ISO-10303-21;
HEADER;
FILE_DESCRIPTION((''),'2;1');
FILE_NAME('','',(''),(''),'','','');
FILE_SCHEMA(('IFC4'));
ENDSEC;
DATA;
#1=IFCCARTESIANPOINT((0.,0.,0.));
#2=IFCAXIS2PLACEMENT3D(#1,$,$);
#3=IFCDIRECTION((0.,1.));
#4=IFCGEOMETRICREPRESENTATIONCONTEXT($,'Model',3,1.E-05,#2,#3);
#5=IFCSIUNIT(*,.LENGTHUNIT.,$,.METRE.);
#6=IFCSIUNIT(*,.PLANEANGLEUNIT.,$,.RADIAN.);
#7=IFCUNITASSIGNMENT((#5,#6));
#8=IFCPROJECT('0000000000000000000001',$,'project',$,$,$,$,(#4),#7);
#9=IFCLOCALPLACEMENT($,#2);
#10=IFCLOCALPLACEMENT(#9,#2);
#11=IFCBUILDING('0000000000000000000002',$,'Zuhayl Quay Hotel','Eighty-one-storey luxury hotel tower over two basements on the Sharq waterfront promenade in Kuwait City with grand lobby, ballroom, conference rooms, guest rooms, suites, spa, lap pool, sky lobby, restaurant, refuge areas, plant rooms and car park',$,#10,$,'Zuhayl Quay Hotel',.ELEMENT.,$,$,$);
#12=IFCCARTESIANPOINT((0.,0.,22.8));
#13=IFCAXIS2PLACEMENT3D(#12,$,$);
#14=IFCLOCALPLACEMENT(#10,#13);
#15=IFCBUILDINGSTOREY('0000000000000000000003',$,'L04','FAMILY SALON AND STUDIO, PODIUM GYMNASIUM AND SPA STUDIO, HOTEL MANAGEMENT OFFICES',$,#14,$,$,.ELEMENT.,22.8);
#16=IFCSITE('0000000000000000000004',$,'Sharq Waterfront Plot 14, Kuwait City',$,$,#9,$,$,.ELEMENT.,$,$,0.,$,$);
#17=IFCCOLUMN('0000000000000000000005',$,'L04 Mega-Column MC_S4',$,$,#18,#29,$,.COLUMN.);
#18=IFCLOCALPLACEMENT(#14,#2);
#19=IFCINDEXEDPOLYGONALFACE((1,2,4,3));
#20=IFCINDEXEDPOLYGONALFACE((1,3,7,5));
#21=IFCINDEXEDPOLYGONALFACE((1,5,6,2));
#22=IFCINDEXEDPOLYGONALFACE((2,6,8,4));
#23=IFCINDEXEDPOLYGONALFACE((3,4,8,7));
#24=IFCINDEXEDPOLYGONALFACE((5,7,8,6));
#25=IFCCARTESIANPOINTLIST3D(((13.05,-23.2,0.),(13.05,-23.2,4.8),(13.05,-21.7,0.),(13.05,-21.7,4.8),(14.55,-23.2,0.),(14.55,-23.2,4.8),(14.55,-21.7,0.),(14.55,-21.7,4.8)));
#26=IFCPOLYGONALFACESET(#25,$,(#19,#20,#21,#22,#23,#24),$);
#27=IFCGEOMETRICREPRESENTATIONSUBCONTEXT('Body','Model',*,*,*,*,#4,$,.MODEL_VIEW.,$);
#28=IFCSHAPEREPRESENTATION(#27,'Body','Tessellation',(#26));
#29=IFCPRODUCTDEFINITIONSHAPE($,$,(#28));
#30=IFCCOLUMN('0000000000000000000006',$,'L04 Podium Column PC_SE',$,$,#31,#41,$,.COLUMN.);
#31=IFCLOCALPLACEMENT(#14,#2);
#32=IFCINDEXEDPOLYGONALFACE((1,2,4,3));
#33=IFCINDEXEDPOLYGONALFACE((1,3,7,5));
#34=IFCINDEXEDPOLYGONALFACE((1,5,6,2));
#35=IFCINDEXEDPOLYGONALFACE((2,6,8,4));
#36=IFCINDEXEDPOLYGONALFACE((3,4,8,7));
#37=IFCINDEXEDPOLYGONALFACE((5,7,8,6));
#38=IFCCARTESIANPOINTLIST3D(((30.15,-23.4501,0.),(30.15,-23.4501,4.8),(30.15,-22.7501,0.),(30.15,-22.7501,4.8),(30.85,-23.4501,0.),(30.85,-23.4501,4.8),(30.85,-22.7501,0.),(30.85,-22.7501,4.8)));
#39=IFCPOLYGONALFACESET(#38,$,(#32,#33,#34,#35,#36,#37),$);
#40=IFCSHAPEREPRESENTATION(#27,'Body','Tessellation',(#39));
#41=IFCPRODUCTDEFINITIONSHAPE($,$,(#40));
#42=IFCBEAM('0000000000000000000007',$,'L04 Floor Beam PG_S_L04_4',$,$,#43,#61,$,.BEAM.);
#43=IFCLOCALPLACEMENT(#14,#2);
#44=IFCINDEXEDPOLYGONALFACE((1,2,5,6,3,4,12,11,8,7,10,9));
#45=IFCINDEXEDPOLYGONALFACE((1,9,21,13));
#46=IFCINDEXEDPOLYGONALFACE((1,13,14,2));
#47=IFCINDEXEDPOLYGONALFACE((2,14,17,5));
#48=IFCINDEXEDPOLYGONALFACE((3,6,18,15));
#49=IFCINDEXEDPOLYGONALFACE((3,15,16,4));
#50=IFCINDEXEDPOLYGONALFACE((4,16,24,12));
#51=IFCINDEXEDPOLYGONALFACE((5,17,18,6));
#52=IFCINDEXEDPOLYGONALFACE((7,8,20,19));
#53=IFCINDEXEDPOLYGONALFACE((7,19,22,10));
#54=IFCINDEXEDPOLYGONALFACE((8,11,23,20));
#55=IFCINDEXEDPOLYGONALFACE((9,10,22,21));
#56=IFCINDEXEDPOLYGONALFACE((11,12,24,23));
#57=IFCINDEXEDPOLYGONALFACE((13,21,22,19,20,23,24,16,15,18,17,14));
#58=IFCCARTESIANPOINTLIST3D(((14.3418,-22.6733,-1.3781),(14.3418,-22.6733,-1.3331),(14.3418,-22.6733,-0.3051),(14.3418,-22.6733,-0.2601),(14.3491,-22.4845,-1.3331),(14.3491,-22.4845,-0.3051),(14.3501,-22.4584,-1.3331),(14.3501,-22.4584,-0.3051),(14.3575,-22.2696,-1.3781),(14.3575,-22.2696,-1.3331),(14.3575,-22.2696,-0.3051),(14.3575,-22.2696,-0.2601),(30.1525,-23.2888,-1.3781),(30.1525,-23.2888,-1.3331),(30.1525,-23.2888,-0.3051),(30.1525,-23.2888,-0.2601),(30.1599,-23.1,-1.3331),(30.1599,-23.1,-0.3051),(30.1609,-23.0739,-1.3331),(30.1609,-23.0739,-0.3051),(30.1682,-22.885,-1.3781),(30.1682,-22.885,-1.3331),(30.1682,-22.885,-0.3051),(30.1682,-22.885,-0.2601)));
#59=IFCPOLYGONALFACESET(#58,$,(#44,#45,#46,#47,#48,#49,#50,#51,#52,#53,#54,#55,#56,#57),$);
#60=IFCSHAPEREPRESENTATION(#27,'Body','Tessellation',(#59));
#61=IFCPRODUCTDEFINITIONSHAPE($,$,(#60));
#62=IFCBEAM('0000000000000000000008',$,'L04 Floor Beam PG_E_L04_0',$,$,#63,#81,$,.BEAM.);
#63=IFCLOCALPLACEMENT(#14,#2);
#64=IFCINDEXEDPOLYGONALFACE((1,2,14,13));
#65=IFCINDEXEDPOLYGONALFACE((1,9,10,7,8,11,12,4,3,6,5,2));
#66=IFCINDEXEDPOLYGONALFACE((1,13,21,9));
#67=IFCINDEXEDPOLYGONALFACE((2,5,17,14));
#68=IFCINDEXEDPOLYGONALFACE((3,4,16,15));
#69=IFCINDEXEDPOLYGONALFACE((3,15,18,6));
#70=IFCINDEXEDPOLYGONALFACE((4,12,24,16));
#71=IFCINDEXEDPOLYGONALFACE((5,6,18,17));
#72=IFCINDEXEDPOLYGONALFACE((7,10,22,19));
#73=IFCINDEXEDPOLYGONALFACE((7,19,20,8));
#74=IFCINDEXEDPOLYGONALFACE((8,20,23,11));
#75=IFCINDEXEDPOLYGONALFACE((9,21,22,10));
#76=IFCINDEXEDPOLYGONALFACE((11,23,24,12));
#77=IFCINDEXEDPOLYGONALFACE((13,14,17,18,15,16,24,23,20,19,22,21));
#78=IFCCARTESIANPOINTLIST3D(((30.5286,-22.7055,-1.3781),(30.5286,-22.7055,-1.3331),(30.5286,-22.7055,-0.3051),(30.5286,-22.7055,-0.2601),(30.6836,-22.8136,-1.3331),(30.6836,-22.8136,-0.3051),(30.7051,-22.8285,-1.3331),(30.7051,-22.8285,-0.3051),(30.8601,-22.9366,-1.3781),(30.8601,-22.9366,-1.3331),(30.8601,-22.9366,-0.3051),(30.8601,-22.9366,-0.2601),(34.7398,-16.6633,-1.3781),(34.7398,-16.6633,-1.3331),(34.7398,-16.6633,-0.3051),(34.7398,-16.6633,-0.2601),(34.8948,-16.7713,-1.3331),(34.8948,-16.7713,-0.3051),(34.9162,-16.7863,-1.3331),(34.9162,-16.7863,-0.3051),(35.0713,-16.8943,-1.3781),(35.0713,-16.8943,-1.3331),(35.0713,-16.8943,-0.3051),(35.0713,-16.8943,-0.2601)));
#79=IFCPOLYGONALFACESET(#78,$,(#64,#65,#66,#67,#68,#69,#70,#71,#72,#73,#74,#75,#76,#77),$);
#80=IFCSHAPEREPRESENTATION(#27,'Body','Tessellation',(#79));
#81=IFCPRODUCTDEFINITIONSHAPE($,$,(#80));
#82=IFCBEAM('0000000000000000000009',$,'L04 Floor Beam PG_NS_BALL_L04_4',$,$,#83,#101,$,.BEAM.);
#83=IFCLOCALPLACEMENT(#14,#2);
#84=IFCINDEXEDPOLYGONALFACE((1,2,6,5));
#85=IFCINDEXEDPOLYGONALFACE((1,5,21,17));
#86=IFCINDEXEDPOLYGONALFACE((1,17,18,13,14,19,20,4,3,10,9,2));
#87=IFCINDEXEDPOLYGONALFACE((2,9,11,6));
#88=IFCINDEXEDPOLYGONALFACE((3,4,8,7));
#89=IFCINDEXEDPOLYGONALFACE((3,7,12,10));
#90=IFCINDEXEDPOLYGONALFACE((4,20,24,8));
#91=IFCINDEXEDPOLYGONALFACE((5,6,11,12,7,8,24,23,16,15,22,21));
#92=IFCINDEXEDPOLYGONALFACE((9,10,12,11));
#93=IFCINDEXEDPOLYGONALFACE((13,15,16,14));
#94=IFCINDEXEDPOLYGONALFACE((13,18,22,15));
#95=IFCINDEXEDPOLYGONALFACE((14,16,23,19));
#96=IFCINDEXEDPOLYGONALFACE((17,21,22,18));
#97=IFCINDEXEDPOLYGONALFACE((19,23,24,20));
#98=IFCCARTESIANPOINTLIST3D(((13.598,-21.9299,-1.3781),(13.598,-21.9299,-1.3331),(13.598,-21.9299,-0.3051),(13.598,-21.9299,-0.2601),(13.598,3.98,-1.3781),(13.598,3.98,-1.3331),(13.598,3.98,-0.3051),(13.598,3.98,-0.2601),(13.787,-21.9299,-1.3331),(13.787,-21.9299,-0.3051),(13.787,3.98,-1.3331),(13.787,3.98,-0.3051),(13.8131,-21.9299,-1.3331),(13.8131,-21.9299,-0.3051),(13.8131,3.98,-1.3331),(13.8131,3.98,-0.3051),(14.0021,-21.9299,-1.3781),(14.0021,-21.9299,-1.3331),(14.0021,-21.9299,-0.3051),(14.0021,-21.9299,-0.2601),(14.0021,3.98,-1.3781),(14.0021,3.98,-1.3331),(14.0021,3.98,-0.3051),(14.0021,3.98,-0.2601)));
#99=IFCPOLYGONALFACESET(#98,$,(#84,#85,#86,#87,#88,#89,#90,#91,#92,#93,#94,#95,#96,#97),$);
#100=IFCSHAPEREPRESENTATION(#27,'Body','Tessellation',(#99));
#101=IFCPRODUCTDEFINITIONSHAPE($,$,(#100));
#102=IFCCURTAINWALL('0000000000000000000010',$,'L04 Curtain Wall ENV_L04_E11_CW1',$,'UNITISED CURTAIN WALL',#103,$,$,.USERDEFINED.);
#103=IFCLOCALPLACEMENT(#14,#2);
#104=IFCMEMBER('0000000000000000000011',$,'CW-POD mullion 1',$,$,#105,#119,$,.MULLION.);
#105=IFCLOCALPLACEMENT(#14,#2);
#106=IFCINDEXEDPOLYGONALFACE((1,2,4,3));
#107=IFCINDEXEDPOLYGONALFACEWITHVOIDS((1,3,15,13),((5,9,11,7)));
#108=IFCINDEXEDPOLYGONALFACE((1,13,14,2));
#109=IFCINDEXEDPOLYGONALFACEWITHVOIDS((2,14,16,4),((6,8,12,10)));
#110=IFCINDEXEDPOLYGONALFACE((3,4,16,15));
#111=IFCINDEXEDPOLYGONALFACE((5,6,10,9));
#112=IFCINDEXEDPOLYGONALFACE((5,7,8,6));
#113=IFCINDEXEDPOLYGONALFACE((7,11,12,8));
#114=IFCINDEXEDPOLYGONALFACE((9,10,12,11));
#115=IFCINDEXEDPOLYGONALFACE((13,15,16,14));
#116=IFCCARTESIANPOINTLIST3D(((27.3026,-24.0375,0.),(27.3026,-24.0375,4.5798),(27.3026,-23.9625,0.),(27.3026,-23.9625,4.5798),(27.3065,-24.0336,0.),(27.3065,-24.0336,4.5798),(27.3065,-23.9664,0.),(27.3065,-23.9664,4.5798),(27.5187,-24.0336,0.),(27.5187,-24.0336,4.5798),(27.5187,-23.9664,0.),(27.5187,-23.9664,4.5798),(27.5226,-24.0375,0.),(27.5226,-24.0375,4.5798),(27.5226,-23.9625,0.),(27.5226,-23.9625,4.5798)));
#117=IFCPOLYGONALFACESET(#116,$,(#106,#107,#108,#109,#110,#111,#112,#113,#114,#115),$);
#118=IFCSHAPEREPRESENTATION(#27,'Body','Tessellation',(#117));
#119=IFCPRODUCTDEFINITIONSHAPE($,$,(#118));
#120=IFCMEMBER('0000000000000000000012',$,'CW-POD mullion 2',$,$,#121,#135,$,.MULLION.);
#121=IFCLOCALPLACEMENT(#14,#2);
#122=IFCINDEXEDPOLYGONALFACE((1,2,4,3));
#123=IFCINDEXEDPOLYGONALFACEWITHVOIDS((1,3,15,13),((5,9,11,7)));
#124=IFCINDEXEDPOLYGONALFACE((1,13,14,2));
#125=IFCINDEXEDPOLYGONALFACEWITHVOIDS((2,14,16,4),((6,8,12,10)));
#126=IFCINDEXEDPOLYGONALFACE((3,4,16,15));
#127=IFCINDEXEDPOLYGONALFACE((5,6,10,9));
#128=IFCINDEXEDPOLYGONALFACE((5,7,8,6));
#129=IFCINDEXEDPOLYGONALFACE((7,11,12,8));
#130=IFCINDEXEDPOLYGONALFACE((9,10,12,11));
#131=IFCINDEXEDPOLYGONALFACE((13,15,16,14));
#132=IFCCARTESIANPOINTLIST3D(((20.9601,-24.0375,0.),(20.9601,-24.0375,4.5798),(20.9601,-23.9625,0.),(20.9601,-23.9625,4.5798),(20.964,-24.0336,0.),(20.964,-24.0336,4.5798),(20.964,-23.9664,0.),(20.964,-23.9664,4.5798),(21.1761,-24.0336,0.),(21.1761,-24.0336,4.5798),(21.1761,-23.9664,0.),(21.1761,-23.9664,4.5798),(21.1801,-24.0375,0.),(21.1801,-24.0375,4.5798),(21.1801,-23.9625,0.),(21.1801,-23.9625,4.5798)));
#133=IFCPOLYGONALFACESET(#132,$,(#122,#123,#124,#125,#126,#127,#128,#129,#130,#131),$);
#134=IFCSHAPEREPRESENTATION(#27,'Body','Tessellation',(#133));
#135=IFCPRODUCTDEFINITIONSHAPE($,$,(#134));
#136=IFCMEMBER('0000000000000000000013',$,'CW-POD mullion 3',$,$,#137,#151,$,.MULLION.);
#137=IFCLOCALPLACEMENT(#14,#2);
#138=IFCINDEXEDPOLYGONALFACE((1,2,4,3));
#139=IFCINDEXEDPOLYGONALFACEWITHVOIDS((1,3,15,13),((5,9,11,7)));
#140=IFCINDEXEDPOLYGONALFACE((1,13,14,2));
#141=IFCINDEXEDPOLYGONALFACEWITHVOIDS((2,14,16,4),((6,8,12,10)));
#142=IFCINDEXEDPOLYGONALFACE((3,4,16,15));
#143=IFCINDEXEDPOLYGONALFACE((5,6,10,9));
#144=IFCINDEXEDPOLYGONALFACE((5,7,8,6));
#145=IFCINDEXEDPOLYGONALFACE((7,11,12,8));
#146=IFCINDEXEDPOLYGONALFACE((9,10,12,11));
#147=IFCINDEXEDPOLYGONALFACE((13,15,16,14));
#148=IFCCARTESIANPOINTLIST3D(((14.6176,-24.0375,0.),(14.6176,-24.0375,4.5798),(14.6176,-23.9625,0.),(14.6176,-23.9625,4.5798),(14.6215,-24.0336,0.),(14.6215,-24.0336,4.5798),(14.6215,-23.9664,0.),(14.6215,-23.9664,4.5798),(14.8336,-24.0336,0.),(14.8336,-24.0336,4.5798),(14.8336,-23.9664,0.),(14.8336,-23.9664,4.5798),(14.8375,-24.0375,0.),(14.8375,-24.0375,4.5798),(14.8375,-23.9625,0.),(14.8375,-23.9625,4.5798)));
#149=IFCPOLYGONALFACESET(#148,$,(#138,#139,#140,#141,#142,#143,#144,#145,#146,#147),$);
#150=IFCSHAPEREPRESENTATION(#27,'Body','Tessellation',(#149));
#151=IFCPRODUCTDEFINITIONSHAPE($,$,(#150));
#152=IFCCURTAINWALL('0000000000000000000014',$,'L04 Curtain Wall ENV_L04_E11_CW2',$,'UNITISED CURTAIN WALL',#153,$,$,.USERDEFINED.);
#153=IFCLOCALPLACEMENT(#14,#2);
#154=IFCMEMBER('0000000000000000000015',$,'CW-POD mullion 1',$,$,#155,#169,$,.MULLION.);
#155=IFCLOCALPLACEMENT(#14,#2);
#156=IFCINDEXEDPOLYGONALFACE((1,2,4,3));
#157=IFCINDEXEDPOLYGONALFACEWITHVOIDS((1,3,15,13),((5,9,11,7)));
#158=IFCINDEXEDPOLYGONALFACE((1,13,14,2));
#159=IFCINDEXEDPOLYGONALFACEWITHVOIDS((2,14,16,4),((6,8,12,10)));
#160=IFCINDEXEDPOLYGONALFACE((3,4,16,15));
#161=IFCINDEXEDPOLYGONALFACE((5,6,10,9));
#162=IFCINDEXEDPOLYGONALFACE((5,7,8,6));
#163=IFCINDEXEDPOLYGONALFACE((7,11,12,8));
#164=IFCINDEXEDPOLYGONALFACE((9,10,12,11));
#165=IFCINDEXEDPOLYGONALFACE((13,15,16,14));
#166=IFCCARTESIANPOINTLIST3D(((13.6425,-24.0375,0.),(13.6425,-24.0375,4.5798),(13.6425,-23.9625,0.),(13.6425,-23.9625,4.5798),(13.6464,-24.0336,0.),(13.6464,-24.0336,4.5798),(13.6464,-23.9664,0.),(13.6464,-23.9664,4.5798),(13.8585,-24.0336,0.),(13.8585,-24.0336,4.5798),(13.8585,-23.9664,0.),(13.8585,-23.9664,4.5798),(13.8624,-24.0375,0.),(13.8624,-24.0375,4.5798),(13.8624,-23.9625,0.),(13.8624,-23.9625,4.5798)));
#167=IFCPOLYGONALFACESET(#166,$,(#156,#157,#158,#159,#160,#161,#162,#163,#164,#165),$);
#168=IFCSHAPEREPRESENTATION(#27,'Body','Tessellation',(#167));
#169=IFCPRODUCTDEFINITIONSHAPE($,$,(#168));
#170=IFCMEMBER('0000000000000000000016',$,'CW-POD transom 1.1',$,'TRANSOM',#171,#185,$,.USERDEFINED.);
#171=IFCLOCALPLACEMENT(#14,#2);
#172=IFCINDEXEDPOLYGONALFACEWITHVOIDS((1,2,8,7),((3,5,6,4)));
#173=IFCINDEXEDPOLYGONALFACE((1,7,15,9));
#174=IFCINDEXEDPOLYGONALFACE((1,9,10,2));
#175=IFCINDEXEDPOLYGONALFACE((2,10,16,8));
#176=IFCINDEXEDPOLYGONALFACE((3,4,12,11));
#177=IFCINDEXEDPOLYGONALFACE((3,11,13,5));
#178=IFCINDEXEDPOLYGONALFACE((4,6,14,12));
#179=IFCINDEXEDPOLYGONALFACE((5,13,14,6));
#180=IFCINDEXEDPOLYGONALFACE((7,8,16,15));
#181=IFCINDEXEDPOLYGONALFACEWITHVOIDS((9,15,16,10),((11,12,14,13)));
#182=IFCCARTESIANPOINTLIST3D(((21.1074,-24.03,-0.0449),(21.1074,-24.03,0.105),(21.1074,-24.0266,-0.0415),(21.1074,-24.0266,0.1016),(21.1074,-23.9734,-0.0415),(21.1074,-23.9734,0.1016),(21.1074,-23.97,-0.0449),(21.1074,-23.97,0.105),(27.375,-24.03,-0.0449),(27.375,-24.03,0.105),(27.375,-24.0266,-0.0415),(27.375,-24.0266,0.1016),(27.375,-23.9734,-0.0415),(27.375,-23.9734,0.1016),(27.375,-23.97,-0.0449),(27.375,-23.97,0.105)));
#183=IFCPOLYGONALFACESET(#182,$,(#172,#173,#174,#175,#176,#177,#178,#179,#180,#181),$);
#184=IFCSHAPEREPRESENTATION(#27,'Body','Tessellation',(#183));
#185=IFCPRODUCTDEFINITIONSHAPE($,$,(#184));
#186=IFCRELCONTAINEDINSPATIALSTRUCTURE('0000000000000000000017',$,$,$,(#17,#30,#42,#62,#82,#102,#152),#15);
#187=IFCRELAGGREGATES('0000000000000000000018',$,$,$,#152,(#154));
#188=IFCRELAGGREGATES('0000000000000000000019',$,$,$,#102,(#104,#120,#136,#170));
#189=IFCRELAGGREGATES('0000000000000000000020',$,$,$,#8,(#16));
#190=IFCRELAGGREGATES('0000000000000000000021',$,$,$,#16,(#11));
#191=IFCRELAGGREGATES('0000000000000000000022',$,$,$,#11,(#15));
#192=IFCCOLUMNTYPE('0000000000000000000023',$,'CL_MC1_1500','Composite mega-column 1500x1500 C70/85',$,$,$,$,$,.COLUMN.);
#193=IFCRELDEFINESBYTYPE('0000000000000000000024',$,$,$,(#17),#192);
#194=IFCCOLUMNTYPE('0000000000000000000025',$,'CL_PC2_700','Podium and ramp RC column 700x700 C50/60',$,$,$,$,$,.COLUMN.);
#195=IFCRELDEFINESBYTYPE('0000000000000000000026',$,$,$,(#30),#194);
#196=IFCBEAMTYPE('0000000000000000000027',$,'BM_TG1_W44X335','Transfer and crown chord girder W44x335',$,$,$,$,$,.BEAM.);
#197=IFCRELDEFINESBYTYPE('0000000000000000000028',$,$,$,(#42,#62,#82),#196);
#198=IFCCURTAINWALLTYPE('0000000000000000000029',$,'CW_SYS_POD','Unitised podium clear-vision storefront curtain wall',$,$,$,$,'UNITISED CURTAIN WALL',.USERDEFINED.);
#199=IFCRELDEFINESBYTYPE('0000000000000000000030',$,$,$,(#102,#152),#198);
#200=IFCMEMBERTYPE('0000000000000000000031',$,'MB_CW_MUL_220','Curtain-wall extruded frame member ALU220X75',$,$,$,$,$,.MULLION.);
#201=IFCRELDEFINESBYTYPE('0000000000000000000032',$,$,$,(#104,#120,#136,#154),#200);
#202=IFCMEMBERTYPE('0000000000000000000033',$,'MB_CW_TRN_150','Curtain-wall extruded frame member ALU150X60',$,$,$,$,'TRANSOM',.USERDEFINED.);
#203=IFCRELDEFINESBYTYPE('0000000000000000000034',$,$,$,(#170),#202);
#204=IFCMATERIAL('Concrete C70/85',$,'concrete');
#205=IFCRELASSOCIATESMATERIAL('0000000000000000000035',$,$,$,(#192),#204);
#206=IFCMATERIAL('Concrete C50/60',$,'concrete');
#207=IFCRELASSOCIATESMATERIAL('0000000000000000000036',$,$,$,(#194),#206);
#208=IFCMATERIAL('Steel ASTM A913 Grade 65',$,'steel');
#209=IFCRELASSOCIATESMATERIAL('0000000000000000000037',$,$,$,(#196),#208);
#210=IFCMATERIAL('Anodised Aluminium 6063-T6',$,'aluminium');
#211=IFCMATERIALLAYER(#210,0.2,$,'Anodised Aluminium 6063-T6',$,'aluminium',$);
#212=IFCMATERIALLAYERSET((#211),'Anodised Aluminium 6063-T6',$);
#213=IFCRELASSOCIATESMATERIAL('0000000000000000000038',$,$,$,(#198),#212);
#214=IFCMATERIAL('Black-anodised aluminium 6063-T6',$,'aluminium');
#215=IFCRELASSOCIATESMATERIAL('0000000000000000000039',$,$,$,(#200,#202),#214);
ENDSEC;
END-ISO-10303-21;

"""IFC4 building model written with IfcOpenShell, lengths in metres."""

from ifc_helpers import new_model, si_unit, direction, frame, origin, origin_2d, place, context, subcontext, project, spatial, rectangle, hollow_rectangle, i_section, extrude, material, layer, layer_set, material_profile, profile_set, type_object, element, aggregate, save


model = new_model("IFC4")

# Units and contexts
model_context = context("Model", 3, precision=1e-05, world=origin(), true_north=direction((0.0, 1.0)))
body_context = subcontext(model_context, "Body", "Model", "MODEL_VIEW")
ifc_project = project(units=[si_unit("LENGTHUNIT", "METRE"), si_unit("PLANEANGLEUNIT", "RADIAN")], contexts=[model_context])

# Site, building, storey
site_placement = place(None, origin())
site = spatial("IfcSite", under=ifc_project, at=site_placement, Name="Sharq Waterfront Plot 14, Kuwait City", CompositionType="ELEMENT", RefElevation=0.0)
building_placement = place(site_placement, origin())
building = spatial("IfcBuilding", under=site, at=building_placement, Name="Zuhayl Quay Hotel", Description="Eighty-one-storey luxury hotel tower over two basements on the Sharq waterfront promenade in Kuwait City with grand lobby, ballroom, conference rooms, guest rooms, suites, spa, lap pool, sky lobby, restaurant, refuge areas, plant rooms and car park", LongName="Zuhayl Quay Hotel", CompositionType="ELEMENT")
storey_placement = place(building_placement, frame((0.0, 0.0, 22.8)))
storey = spatial("IfcBuildingStorey", under=building, at=storey_placement, Name="L04", Description="FAMILY SALON AND STUDIO, PODIUM GYMNASIUM AND SPA STUDIO, HOTEL MANAGEMENT OFFICES", CompositionType="ELEMENT", Elevation=22.8)

# Columns
ifc_material_1 = material(Name="Concrete C70/85", Category="concrete")
ifc_material_profile_1 = material_profile(ifc_material_1, rectangle(XDim=1.5, YDim=1.5, at=origin_2d()), Name="RC1500X1500")
ifc_profile_set_1 = profile_set([ifc_material_profile_1], Name="Concrete C70/85")
column_type_1 = type_object("IfcColumnType", Name="CL_MC1_1500", Description="Composite mega-column 1500x1500 C70/85", PredefinedType="COLUMN", material=ifc_profile_set_1)
column_1_placement = place(storey_placement, frame((13.8, -22.45, 0.0), z_axis=(0.0, 0.0, 1.0), x_axis=(1.0, 0.0, 0.0)))
element("IfcColumn", 1, at=column_1_placement, inside=storey, type_object=column_type_1, Name="L04 Mega-Column MC_S4", PredefinedType="COLUMN", context=body_context, shape_type="SweptSolid", body=[
    extrude(rectangle(XDim=1.5, YDim=1.5, at=origin_2d()), origin(), (0.0, 0.0, 1.0), 4.8),
])
ifc_material_2 = material(Name="Concrete C50/60", Category="concrete")
ifc_material_profile_2 = material_profile(ifc_material_2, rectangle(XDim=0.7, YDim=0.7, at=origin_2d()), Name="RC700X700")
ifc_profile_set_2 = profile_set([ifc_material_profile_2], Name="Concrete C50/60")
column_type_2 = type_object("IfcColumnType", Name="CL_PC2_700", Description="Podium and ramp RC column 700x700 C50/60", PredefinedType="COLUMN", material=ifc_profile_set_2)
column_2_placement = place(storey_placement, frame((30.5, -23.1001, 0.0), z_axis=(0.0, 0.0, 1.0), x_axis=(1.0, 0.0, 0.0)))
element("IfcColumn", 2, at=column_2_placement, inside=storey, type_object=column_type_2, Name="L04 Podium Column PC_SE", PredefinedType="COLUMN", context=body_context, shape_type="SweptSolid", body=[
    extrude(rectangle(XDim=0.7, YDim=0.7, at=origin_2d()), origin(), (0.0, 0.0, 1.0), 4.8),
])

# Beams
ifc_material_3 = material(Name="Steel ASTM A913 Grade 65", Category="steel")
ifc_material_profile_3 = material_profile(ifc_material_3, i_section(OverallWidth=0.4041, OverallDepth=1.1179, WebThickness=0.0261, FlangeThickness=0.0449, at=origin_2d()), Name="W44X335")
ifc_profile_set_3 = profile_set([ifc_material_profile_3], Name="Steel ASTM A913 Grade 65")
beam_type = type_object("IfcBeamType", Name="BM_TG1_W44X335", Description="Transfer and crown chord girder W44x335", PredefinedType="BEAM", material=ifc_profile_set_3)
beam_1_placement = place(storey_placement, frame((14.3496, -22.4714, -0.8191), z_axis=(0.999243, -0.038898, 0.0), x_axis=(0.038898, 0.999243, 0.0)))
element("IfcBeam", 3, at=beam_1_placement, inside=storey, type_object=beam_type, Name="L04 Floor Beam PG_S_L04_4", PredefinedType="BEAM", context=body_context, shape_type="SweptSolid", body=[
    extrude(i_section(OverallWidth=0.4041, OverallDepth=1.1179, WebThickness=0.0261, FlangeThickness=0.0449, at=origin_2d()), origin(), (0.0, 0.0, 1.0), 15.8228),
])
beam_2_placement = place(storey_placement, frame((30.6943, -22.821, -0.8191), z_axis=(0.571786, 0.820403, 0.0), x_axis=(-0.820403, 0.571786, 0.0)))
element("IfcBeam", 4, at=beam_2_placement, inside=storey, type_object=beam_type, Name="L04 Floor Beam PG_E_L04_0", PredefinedType="BEAM", context=body_context, shape_type="SweptSolid", body=[
    extrude(i_section(OverallWidth=0.4041, OverallDepth=1.1179, WebThickness=0.0261, FlangeThickness=0.0449, at=origin_2d()), origin(), (0.0, 0.0, 1.0), 7.365),
])
beam_3_placement = place(storey_placement, frame((13.8, -21.9299, -0.8191), z_axis=(0.0, 1.0, 0.0), x_axis=(-1.0, 0.0, 0.0)))
element("IfcBeam", 5, at=beam_3_placement, inside=storey, type_object=beam_type, Name="L04 Floor Beam PG_NS_BALL_L04_4", PredefinedType="BEAM", context=body_context, shape_type="SweptSolid", body=[
    extrude(i_section(OverallWidth=0.4041, OverallDepth=1.1179, WebThickness=0.0261, FlangeThickness=0.0449, at=origin_2d()), origin(), (0.0, 0.0, 1.0), 25.9099),
])

# Curtain wall, members
ifc_material_4 = material(Name="Anodised Aluminium 6063-T6", Category="aluminium")
ifc_layer_1 = layer(ifc_material_4, 0.2, Name="Anodised Aluminium 6063-T6", Category="aluminium")
ifc_layer_set_1 = layer_set([ifc_layer_1], Name="Anodised Aluminium 6063-T6")
curtain_wall_type = type_object("IfcCurtainWallType", Name="CW_SYS_POD", Description="Unitised podium clear-vision storefront curtain wall", ElementType="UNITISED CURTAIN WALL", PredefinedType="USERDEFINED", material=ifc_layer_set_1)
curtain_wall_1_placement = place(storey_placement, origin())
curtain_wall_1 = element("IfcCurtainWall", 6, at=curtain_wall_1_placement, inside=storey, type_object=curtain_wall_type, Name="L04 Curtain Wall ENV_L04_E11_CW1", ObjectType="UNITISED CURTAIN WALL", PredefinedType="USERDEFINED")
ifc_material_5 = material(Name="Black-anodised aluminium 6063-T6", Category="aluminium")
ifc_material_profile_4 = material_profile(ifc_material_5, hollow_rectangle(XDim=0.075, YDim=0.22, WallThickness=0.0039, at=origin_2d()), Name="ALU220X75")
ifc_profile_set_4 = profile_set([ifc_material_profile_4], Name="Black-anodised aluminium 6063-T6")
member_type_1 = type_object("IfcMemberType", Name="MB_CW_MUL_220", Description="Curtain-wall extruded frame member ALU220X75", PredefinedType="MULLION", material=ifc_profile_set_4)
member_1_placement = place(storey_placement, frame((27.4126, -24.0, 0.0), z_axis=(0.0, 0.0, 1.0), x_axis=(0.0, -1.0, 0.0)))
member_1 = element("IfcMember", 7, at=member_1_placement, type_object=member_type_1, Name="CW-POD mullion 1", PredefinedType="MULLION", context=body_context, shape_type="SweptSolid", body=[
    extrude(hollow_rectangle(XDim=0.075, YDim=0.22, WallThickness=0.0039, at=origin_2d()), origin(), (0.0, 0.0, 1.0), 4.5798),
])
member_2_placement = place(storey_placement, frame((21.0701, -24.0, 0.0), z_axis=(0.0, 0.0, 1.0), x_axis=(0.0, -1.0, 0.0)))
member_2 = element("IfcMember", 8, at=member_2_placement, type_object=member_type_1, Name="CW-POD mullion 2", PredefinedType="MULLION", context=body_context, shape_type="SweptSolid", body=[
    extrude(hollow_rectangle(XDim=0.075, YDim=0.22, WallThickness=0.0039, at=origin_2d()), origin(), (0.0, 0.0, 1.0), 4.5798),
])
member_3_placement = place(storey_placement, frame((14.7275, -24.0, 0.0), z_axis=(0.0, 0.0, 1.0), x_axis=(0.0, -1.0, 0.0)))
member_3 = element("IfcMember", 9, at=member_3_placement, type_object=member_type_1, Name="CW-POD mullion 3", PredefinedType="MULLION", context=body_context, shape_type="SweptSolid", body=[
    extrude(hollow_rectangle(XDim=0.075, YDim=0.22, WallThickness=0.0039, at=origin_2d()), origin(), (0.0, 0.0, 1.0), 4.5798),
])

# Curtain wall, member
curtain_wall_2_placement = place(storey_placement, origin())
curtain_wall_2 = element("IfcCurtainWall", 10, at=curtain_wall_2_placement, inside=storey, type_object=curtain_wall_type, Name="L04 Curtain Wall ENV_L04_E11_CW2", ObjectType="UNITISED CURTAIN WALL", PredefinedType="USERDEFINED")
member_4_placement = place(storey_placement, frame((13.7524, -24.0, 0.0), z_axis=(0.0, 0.0, 1.0), x_axis=(0.0, -1.0, 0.0)))
member_4 = element("IfcMember", 11, at=member_4_placement, type_object=member_type_1, Name="CW-POD mullion 1", PredefinedType="MULLION", context=body_context, shape_type="SweptSolid", body=[
    extrude(hollow_rectangle(XDim=0.075, YDim=0.22, WallThickness=0.0039, at=origin_2d()), origin(), (0.0, 0.0, 1.0), 4.5798),
])

# Member
ifc_material_profile_5 = material_profile(ifc_material_5, hollow_rectangle(XDim=0.0601, YDim=0.1499, WallThickness=0.0034, at=origin_2d()), Name="ALU150X60")
ifc_profile_set_5 = profile_set([ifc_material_profile_5], Name="Black-anodised aluminium 6063-T6")
member_type_2 = type_object("IfcMemberType", Name="MB_CW_TRN_150", Description="Curtain-wall extruded frame member ALU150X60", ElementType="TRANSOM", PredefinedType="USERDEFINED", material=ifc_profile_set_5)
member_5_placement = place(storey_placement, frame((27.375, -24.0, 0.03), z_axis=(-1.0, 0.0, 0.0), x_axis=(0.0, -1.0, 0.0)))
member_5 = element("IfcMember", 12, at=member_5_placement, type_object=member_type_2, Name="CW-POD transom 1.1", ObjectType="TRANSOM", PredefinedType="USERDEFINED", context=body_context, shape_type="SweptSolid", body=[
    extrude(hollow_rectangle(XDim=0.0601, YDim=0.1499, WallThickness=0.0034, at=origin_2d()), origin(), (0.0, 0.0, 1.0), 6.2676),
])
aggregate(curtain_wall_2, [member_4])

aggregate(curtain_wall_1, [member_1, member_2, member_3, member_5])

save(model, "model.ifc")
